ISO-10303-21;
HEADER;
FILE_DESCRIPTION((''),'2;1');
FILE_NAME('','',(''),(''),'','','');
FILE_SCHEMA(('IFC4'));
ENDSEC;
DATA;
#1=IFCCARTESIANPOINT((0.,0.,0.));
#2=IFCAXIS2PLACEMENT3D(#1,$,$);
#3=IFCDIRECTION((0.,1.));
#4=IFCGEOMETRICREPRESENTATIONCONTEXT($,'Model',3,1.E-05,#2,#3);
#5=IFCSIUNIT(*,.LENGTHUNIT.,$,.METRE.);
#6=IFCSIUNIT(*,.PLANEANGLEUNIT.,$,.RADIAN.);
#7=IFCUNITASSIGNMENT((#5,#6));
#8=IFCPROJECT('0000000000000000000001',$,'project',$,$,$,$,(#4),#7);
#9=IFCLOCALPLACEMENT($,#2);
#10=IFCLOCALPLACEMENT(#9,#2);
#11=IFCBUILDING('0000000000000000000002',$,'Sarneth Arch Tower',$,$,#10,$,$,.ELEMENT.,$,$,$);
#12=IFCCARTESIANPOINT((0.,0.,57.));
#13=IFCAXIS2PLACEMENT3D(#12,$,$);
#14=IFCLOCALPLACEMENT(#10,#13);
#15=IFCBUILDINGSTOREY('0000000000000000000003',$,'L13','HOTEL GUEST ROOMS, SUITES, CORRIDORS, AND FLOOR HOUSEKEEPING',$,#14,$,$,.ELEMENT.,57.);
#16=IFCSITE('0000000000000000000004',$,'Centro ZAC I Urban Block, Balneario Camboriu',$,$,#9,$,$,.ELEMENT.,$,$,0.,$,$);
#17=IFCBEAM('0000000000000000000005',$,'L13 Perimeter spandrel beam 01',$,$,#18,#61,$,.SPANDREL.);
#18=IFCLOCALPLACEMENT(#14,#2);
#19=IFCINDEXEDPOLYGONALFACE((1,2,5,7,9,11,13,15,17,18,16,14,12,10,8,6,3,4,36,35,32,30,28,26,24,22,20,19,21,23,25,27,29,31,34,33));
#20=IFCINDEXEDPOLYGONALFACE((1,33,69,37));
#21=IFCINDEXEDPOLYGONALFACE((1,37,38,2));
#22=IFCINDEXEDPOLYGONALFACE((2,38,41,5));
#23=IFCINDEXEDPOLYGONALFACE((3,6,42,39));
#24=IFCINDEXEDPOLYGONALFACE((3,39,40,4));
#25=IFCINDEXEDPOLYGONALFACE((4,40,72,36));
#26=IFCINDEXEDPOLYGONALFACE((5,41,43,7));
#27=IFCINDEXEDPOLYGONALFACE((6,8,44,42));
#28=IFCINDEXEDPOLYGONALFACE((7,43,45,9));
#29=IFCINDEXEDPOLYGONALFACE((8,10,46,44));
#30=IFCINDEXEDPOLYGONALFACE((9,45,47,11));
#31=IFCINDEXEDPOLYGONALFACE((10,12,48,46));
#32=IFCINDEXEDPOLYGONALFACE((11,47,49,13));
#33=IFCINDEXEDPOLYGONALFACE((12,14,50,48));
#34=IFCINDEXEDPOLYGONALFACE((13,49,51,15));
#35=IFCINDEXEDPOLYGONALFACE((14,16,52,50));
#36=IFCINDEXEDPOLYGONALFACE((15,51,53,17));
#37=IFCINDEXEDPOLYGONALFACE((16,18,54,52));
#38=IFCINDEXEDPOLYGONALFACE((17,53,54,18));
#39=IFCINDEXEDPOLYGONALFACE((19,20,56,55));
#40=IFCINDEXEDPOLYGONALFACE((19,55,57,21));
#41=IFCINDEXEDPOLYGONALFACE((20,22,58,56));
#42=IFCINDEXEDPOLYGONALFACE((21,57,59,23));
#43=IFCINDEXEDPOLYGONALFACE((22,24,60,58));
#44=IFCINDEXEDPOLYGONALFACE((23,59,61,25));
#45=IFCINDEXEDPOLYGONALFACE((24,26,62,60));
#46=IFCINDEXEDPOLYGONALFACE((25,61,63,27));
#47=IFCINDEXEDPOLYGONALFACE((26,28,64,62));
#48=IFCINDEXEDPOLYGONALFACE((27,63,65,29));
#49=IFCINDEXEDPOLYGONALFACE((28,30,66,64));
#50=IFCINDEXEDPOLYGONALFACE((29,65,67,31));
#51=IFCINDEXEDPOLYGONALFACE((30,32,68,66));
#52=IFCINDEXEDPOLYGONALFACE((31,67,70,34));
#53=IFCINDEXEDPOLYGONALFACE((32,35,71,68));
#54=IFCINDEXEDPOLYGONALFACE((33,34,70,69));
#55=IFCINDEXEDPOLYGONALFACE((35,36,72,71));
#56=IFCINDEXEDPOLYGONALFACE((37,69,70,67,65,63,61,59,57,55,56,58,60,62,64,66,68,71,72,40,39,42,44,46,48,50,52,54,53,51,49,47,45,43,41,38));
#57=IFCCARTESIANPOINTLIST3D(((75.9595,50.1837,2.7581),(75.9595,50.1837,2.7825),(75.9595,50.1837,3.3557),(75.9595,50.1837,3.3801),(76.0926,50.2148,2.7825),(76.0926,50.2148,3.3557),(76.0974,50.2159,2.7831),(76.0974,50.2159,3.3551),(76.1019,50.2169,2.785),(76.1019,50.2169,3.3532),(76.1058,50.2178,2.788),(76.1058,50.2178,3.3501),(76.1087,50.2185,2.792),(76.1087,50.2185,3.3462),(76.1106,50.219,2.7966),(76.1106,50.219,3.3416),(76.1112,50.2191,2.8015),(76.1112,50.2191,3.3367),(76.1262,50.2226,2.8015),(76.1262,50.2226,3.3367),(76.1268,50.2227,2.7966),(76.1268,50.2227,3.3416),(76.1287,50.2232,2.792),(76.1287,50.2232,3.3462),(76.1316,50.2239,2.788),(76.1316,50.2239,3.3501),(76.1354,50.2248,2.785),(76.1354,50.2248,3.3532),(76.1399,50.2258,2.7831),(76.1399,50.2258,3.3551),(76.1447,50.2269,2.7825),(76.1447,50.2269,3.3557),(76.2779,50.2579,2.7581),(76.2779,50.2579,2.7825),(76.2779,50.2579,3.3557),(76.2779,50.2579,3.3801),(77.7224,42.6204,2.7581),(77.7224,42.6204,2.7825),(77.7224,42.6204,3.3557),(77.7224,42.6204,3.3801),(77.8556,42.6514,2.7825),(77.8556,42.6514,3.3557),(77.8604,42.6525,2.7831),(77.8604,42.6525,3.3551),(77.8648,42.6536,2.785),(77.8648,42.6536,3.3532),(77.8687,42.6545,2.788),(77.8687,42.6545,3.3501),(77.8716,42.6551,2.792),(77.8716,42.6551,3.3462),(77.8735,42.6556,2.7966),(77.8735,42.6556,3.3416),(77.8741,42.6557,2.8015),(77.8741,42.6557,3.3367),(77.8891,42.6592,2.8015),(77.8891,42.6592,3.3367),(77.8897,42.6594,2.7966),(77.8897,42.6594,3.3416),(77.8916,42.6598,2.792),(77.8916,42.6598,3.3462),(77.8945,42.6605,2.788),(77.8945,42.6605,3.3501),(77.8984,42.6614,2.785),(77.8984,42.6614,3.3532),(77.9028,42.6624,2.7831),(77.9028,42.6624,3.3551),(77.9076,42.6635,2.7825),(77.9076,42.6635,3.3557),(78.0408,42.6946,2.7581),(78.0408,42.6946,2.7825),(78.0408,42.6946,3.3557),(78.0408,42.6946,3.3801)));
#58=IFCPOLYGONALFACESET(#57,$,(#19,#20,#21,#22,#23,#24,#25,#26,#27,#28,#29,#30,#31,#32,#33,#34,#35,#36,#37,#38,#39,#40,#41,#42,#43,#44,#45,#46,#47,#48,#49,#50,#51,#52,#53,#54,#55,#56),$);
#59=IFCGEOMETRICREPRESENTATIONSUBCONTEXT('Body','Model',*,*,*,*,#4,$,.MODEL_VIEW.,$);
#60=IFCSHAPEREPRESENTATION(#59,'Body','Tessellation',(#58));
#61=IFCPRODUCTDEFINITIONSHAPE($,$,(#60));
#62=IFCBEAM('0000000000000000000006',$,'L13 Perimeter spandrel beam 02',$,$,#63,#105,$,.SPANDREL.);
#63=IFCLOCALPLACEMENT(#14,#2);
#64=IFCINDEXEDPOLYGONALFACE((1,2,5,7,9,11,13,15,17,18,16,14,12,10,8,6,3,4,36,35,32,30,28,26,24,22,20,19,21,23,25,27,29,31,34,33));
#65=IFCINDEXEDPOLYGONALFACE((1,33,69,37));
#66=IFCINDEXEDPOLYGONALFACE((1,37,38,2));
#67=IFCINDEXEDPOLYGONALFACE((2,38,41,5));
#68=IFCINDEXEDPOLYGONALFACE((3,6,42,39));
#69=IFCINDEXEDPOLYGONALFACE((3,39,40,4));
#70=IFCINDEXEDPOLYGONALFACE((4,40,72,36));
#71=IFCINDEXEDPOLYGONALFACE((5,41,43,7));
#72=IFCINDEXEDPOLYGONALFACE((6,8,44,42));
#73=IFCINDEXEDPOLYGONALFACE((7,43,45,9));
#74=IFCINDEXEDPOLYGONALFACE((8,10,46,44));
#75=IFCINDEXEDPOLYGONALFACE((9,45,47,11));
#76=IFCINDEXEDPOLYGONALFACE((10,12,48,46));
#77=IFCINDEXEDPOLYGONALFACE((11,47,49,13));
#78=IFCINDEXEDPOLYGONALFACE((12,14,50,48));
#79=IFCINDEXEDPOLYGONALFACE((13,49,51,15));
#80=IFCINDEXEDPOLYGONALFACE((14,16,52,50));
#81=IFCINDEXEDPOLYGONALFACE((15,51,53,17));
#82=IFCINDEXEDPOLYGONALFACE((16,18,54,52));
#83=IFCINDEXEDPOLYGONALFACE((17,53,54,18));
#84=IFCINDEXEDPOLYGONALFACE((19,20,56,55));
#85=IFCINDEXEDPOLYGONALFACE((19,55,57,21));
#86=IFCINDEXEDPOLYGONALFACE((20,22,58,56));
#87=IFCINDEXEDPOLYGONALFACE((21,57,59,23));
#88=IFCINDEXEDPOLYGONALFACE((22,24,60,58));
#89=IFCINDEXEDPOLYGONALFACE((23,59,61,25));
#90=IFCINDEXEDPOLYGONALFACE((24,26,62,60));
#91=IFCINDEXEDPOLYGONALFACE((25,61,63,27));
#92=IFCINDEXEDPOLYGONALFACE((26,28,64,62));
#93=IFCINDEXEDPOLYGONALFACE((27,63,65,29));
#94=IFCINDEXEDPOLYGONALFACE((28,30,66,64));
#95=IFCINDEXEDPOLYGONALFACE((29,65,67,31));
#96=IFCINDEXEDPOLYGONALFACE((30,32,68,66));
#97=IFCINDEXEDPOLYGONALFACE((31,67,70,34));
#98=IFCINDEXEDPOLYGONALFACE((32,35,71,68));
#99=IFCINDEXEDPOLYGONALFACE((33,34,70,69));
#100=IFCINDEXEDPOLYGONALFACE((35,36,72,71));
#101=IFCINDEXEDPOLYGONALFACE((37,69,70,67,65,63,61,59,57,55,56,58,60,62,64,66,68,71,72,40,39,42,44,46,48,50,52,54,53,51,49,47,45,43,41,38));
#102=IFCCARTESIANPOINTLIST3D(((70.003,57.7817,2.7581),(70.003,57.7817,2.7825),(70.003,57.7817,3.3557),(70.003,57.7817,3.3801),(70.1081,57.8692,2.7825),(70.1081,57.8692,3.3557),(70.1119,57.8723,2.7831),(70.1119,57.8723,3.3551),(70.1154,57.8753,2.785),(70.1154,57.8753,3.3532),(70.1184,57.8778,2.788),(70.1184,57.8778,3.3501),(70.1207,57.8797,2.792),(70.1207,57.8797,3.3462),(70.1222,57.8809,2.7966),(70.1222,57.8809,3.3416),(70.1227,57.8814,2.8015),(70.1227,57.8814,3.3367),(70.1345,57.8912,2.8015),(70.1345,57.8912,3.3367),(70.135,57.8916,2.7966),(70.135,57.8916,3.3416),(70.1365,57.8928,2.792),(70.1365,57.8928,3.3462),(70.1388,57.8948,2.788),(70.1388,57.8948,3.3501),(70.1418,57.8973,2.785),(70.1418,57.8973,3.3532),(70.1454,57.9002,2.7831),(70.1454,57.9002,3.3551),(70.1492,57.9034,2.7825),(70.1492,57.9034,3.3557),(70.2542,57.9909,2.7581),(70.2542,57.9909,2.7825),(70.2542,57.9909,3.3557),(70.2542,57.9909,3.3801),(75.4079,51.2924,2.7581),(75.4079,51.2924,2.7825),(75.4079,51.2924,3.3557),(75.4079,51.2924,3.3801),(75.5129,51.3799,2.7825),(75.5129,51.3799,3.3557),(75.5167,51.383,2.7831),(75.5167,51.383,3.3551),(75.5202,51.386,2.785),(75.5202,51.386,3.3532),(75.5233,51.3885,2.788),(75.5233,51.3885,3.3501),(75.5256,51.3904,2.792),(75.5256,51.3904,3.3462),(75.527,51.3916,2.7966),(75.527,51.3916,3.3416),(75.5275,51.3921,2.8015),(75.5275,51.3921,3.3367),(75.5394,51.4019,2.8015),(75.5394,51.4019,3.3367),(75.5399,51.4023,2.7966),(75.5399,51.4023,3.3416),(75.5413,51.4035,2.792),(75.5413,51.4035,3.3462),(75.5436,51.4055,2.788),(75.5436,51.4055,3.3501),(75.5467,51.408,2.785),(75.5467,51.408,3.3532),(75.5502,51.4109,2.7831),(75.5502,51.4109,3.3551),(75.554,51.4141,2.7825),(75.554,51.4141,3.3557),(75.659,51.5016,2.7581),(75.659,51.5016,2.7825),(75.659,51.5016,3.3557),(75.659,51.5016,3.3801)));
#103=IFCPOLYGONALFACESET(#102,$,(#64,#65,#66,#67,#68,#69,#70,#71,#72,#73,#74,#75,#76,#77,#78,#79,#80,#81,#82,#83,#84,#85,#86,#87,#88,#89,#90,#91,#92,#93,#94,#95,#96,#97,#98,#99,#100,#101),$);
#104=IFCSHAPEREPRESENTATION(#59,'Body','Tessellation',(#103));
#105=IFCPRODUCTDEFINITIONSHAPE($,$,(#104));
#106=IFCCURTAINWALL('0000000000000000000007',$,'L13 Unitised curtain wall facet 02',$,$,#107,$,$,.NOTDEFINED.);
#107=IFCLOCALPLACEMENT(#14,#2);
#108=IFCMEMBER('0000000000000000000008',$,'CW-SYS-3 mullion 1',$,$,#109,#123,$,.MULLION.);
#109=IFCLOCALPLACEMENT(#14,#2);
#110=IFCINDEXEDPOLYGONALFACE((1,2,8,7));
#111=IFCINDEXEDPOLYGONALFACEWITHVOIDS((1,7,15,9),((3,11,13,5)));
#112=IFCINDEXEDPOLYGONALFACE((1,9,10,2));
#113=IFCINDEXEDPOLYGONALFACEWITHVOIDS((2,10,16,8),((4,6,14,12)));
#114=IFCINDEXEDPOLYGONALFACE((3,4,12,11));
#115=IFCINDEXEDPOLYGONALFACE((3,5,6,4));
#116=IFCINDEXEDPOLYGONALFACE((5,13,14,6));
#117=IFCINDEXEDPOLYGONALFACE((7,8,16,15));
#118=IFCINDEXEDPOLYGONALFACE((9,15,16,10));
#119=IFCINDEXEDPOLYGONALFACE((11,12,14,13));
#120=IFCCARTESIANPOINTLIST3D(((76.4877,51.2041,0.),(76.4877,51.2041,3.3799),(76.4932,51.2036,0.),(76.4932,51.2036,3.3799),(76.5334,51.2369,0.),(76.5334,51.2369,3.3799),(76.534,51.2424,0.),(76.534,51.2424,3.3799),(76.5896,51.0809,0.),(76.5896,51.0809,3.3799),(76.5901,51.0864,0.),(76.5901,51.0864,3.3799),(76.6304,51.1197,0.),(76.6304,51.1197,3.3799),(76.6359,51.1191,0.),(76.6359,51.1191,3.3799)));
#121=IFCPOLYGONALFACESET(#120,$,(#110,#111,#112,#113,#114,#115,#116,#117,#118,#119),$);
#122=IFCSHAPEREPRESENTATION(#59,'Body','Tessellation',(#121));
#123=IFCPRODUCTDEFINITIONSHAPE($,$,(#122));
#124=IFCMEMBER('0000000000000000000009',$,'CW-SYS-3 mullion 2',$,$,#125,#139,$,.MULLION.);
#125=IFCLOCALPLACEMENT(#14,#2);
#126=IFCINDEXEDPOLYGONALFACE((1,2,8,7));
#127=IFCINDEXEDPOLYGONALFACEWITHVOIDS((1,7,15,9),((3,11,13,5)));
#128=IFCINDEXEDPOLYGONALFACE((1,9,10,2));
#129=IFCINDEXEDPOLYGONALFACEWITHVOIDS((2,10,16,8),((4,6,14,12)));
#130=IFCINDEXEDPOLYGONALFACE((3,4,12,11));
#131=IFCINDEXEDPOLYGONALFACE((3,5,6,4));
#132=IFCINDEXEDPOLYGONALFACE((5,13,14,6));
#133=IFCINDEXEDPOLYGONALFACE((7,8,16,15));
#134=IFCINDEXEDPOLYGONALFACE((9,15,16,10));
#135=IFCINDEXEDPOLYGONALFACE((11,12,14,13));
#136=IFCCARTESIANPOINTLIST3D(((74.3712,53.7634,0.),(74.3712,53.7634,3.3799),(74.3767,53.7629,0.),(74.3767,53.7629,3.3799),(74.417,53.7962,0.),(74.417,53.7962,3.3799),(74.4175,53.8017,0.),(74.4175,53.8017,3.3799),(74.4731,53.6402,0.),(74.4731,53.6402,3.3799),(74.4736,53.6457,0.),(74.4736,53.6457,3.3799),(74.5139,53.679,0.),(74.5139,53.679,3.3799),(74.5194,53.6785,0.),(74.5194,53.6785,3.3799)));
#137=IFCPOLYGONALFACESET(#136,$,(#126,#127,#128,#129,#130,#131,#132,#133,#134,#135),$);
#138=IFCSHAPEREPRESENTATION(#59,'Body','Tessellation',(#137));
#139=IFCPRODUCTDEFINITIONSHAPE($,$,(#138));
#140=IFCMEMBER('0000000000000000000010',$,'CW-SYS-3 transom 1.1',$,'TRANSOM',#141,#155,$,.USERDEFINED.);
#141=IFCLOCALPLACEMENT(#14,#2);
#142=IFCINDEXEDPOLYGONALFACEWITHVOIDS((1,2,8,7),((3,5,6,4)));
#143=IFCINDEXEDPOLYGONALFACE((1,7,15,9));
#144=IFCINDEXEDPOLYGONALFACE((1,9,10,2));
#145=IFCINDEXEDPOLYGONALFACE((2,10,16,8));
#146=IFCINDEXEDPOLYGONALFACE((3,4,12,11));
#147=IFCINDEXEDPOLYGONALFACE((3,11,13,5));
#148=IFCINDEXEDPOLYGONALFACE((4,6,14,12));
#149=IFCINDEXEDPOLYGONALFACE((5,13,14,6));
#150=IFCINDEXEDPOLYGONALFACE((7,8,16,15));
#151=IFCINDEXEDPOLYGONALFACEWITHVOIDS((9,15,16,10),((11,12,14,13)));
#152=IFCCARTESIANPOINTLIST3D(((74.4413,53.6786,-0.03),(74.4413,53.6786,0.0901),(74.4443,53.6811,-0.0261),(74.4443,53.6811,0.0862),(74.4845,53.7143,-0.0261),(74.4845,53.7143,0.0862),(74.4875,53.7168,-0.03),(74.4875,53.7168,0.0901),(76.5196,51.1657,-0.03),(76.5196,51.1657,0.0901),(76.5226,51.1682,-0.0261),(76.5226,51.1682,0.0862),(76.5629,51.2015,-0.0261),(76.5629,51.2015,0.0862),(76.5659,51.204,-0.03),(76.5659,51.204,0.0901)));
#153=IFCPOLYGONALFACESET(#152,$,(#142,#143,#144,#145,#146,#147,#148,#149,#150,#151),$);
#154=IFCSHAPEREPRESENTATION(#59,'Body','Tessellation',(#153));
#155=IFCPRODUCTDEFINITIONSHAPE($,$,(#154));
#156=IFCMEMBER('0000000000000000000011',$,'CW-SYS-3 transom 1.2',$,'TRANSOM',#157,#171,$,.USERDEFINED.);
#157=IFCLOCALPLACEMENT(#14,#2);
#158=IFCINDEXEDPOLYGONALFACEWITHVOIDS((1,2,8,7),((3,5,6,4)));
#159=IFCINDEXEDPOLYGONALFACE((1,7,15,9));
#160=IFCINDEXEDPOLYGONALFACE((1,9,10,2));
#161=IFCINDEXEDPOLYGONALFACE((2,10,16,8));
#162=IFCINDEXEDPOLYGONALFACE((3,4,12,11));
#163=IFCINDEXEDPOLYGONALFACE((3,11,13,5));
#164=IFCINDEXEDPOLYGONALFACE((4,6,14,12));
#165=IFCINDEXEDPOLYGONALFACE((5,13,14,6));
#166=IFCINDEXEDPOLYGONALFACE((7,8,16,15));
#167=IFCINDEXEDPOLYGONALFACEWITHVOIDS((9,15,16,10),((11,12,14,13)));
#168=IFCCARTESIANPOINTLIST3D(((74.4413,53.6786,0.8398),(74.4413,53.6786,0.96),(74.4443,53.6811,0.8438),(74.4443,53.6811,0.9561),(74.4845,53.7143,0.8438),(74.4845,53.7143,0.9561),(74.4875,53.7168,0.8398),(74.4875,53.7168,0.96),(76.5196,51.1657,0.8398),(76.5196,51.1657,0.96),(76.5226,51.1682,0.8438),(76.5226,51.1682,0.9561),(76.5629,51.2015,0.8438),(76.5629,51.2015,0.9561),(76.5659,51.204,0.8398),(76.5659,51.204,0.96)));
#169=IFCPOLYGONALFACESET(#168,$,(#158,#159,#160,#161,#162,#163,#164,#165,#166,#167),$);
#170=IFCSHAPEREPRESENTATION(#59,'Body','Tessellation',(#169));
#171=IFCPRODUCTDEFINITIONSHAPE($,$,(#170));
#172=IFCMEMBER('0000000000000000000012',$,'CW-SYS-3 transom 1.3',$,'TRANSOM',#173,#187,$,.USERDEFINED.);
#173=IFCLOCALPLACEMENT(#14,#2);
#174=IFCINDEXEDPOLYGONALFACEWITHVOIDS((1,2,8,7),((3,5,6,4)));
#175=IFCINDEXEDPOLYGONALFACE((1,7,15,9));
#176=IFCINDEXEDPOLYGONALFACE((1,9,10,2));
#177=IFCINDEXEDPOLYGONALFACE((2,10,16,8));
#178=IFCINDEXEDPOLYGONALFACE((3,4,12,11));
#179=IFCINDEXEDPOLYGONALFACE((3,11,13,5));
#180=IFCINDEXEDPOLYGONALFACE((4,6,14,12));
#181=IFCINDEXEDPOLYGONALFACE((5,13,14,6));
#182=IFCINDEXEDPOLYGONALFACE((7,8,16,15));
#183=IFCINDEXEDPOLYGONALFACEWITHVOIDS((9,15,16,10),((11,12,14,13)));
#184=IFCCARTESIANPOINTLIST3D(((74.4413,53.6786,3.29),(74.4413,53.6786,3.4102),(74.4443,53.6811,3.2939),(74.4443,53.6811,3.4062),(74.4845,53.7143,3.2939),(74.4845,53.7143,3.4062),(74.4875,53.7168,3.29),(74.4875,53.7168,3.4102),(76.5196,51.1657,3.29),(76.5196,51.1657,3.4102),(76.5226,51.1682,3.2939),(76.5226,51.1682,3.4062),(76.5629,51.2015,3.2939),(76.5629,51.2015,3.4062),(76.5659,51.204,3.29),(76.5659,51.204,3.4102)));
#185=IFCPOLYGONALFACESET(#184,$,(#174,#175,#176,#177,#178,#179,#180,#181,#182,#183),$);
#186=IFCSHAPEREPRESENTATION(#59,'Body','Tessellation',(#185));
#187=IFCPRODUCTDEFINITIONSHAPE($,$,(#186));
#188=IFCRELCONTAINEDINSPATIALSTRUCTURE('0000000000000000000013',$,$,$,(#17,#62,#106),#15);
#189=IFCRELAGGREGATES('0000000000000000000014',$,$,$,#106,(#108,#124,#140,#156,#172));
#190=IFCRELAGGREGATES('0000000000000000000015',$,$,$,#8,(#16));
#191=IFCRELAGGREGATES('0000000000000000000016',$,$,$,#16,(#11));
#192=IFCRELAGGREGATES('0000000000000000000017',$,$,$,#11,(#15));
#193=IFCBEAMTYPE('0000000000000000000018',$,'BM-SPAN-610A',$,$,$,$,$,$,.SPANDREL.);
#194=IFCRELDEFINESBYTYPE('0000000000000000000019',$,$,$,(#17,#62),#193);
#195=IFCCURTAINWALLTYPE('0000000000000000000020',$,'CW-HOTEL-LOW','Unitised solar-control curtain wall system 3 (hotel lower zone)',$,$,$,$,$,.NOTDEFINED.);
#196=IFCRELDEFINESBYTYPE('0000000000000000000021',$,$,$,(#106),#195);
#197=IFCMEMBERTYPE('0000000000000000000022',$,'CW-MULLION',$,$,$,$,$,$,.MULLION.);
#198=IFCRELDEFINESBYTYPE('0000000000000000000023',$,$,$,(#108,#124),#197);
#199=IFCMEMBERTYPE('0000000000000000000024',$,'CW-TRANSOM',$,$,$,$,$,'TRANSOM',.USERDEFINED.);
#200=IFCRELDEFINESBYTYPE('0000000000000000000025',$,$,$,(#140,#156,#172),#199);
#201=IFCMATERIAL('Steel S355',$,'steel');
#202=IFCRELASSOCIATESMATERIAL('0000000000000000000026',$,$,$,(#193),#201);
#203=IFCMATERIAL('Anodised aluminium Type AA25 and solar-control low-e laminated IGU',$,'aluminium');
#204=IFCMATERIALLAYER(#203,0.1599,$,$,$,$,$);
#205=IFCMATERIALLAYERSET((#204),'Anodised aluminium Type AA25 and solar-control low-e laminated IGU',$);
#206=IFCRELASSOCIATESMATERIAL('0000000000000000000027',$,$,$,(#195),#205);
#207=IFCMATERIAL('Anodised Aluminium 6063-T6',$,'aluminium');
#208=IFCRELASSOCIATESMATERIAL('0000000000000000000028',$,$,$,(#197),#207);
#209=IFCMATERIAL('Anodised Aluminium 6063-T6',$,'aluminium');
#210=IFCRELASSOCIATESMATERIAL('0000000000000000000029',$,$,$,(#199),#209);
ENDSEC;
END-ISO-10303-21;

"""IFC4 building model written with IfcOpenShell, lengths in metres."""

from ifc_helpers import new_model, si_unit, direction, frame, origin, origin_2d, place, context, subcontext, project, spatial, hollow_rectangle, i_section, extrude, material, layer, layer_set, material_profile, profile_set, type_object, element, aggregate, save


model = new_model("IFC4")

# Units and contexts
model_context = context("Model", 3, precision=1e-05, world=origin(), true_north=direction((0.0, 1.0)))
body_context = subcontext(model_context, "Body", "Model", "MODEL_VIEW")
ifc_project = project(units=[si_unit("LENGTHUNIT", "METRE"), si_unit("PLANEANGLEUNIT", "RADIAN")], contexts=[model_context])

# Site, building, storey
site_placement = place(None, origin())
site = spatial("IfcSite", under=ifc_project, at=site_placement, Name="Centro ZAC I Urban Block, Balneario Camboriu", CompositionType="ELEMENT", RefElevation=0.0)
building_placement = place(site_placement, origin())
building = spatial("IfcBuilding", under=site, at=building_placement, Name="Sarneth Arch Tower", CompositionType="ELEMENT")
storey_placement = place(building_placement, frame((0.0, 0.0, 57.0)))
storey = spatial("IfcBuildingStorey", under=building, at=storey_placement, Name="L13", Description="HOTEL GUEST ROOMS, SUITES, CORRIDORS, AND FLOOR HOUSEKEEPING", CompositionType="ELEMENT", Elevation=57.0)

# Beams
ifc_material_1 = material(Name="Steel S355", Category="steel")
ifc_material_profile_1 = material_profile(ifc_material_1, i_section(OverallWidth=0.3269, OverallDepth=0.6221, WebThickness=0.0154, FlangeThickness=0.0244, FilletRadius=0.019, at=origin_2d()), Name="W610x195")
ifc_profile_set_1 = profile_set([ifc_material_profile_1], Name="Steel S355")
beam_type = type_object("IfcBeamType", Name="BM-SPAN-610A", PredefinedType="SPANDREL", material=ifc_profile_set_1)
beam_1_placement = place(storey_placement, frame((77.8816, 42.6575, 3.0691), z_axis=(-0.227001, 0.973895, 0.0), x_axis=(-0.973895, -0.227001, 0.0)))
element("IfcBeam", 1, at=beam_1_placement, inside=storey, type_object=beam_type, Name="L13 Perimeter spandrel beam 01", PredefinedType="SPANDREL", context=body_context, shape_type="SweptSolid", body=[
    extrude(i_section(OverallWidth=0.3269, OverallDepth=0.6221, WebThickness=0.0154, FlangeThickness=0.0244, FilletRadius=0.019, at=origin_2d()), origin(), (0.0, 0.0, 1.0), 7.7661),
])
beam_2_placement = place(storey_placement, frame((75.5334, 51.397, 3.0691), z_axis=(-0.63998, 0.768392, 0.0), x_axis=(-0.768392, -0.63998, 0.0)))
element("IfcBeam", 2, at=beam_2_placement, inside=storey, type_object=beam_type, Name="L13 Perimeter spandrel beam 02", PredefinedType="SPANDREL", context=body_context, shape_type="SweptSolid", body=[
    extrude(i_section(OverallWidth=0.3269, OverallDepth=0.6221, WebThickness=0.0154, FlangeThickness=0.0244, FilletRadius=0.019, at=origin_2d()), origin(), (0.0, 0.0, 1.0), 8.4453),
])

# Curtain wall, members
ifc_material_2 = material(Name="Anodised aluminium Type AA25 and solar-control low-e laminated IGU", Category="aluminium")
ifc_layer_1 = layer(ifc_material_2, 0.1599)
ifc_layer_set_1 = layer_set([ifc_layer_1], Name="Anodised aluminium Type AA25 and solar-control low-e laminated IGU")
curtain_wall_type = type_object("IfcCurtainWallType", Name="CW-HOTEL-LOW", Description="Unitised solar-control curtain wall system 3 (hotel lower zone)", PredefinedType="NOTDEFINED", material=ifc_layer_set_1)
curtain_wall_placement = place(storey_placement, origin())
curtain_wall = element("IfcCurtainWall", 3, at=curtain_wall_placement, inside=storey, type_object=curtain_wall_type, Name="L13 Unitised curtain wall facet 02", PredefinedType="NOTDEFINED")
ifc_material_3 = material(Name="Anodised Aluminium 6063-T6", Category="aluminium")
ifc_material_profile_2 = material_profile(ifc_material_3, hollow_rectangle(XDim=0.0601, YDim=0.1599, WallThickness=0.0039, at=origin_2d()), Name="AL-MULL-160x60x4")
ifc_profile_set_2 = profile_set([ifc_material_profile_2], Name="Anodised Aluminium 6063-T6")
member_type_1 = type_object("IfcMemberType", Name="CW-MULLION", PredefinedType="MULLION", material=ifc_profile_set_2)
member_1_placement = place(storey_placement, frame((76.5618, 51.1616, 0.0), z_axis=(0.0, 0.0, 1.0), x_axis=(-0.770623, -0.637291, 0.0)))
member_1 = element("IfcMember", 4, at=member_1_placement, type_object=member_type_1, Name="CW-SYS-3 mullion 1", PredefinedType="MULLION", context=body_context, shape_type="SweptSolid", body=[
    extrude(hollow_rectangle(XDim=0.0601, YDim=0.1599, WallThickness=0.0039, at=origin_2d()), origin(), (0.0, 0.0, 1.0), 3.3799),
])
member_2_placement = place(storey_placement, frame((74.4453, 53.7209, 0.0), z_axis=(0.0, 0.0, 1.0), x_axis=(-0.770623, -0.637291, 0.0)))
member_2 = element("IfcMember", 5, at=member_2_placement, type_object=member_type_1, Name="CW-SYS-3 mullion 2", PredefinedType="MULLION", context=body_context, shape_type="SweptSolid", body=[
    extrude(hollow_rectangle(XDim=0.0601, YDim=0.1599, WallThickness=0.0039, at=origin_2d()), origin(), (0.0, 0.0, 1.0), 3.3799),
])
ifc_material_4 = material(Name="Anodised Aluminium 6063-T6", Category="aluminium")
ifc_material_profile_3 = material_profile(ifc_material_4, hollow_rectangle(XDim=0.0601, YDim=0.1201, WallThickness=0.0039, at=origin_2d()), Name="AL-TRAN-120x60x4")
ifc_profile_set_3 = profile_set([ifc_material_profile_3], Name="Anodised Aluminium 6063-T6")
member_type_2 = type_object("IfcMemberType", Name="CW-TRANSOM", ElementType="TRANSOM", PredefinedType="USERDEFINED", material=ifc_profile_set_3)
member_3_placement = place(storey_placement, frame((76.5427, 51.1848, 0.03), z_axis=(-0.63733, 0.770591, 0.0), x_axis=(-0.770591, -0.63733, 0.0)))
member_3 = element("IfcMember", 6, at=member_3_placement, type_object=member_type_2, Name="CW-SYS-3 transom 1.1", ObjectType="TRANSOM", PredefinedType="USERDEFINED", context=body_context, shape_type="SweptSolid", body=[
    extrude(hollow_rectangle(XDim=0.0601, YDim=0.1201, WallThickness=0.0039, at=origin_2d()), origin(), (0.0, 0.0, 1.0), 3.261),
])
member_4_placement = place(storey_placement, frame((76.5427, 51.1848, 0.8999), z_axis=(-0.63733, 0.770591, 0.0), x_axis=(-0.770591, -0.63733, 0.0)))
member_4 = element("IfcMember", 7, at=member_4_placement, type_object=member_type_2, Name="CW-SYS-3 transom 1.2", ObjectType="TRANSOM", PredefinedType="USERDEFINED", context=body_context, shape_type="SweptSolid", body=[
    extrude(hollow_rectangle(XDim=0.0601, YDim=0.1201, WallThickness=0.0039, at=origin_2d()), origin(), (0.0, 0.0, 1.0), 3.261),
])
member_5_placement = place(storey_placement, frame((76.5427, 51.1848, 3.3501), z_axis=(-0.63733, 0.770591, 0.0), x_axis=(-0.770591, -0.63733, 0.0)))
member_5 = element("IfcMember", 8, at=member_5_placement, type_object=member_type_2, Name="CW-SYS-3 transom 1.3", ObjectType="TRANSOM", PredefinedType="USERDEFINED", context=body_context, shape_type="SweptSolid", body=[
    extrude(hollow_rectangle(XDim=0.0601, YDim=0.1201, WallThickness=0.0039, at=origin_2d()), origin(), (0.0, 0.0, 1.0), 3.261),
])

aggregate(curtain_wall, [member_1, member_2, member_3, member_4, member_5])

save(model, "model.ifc")
